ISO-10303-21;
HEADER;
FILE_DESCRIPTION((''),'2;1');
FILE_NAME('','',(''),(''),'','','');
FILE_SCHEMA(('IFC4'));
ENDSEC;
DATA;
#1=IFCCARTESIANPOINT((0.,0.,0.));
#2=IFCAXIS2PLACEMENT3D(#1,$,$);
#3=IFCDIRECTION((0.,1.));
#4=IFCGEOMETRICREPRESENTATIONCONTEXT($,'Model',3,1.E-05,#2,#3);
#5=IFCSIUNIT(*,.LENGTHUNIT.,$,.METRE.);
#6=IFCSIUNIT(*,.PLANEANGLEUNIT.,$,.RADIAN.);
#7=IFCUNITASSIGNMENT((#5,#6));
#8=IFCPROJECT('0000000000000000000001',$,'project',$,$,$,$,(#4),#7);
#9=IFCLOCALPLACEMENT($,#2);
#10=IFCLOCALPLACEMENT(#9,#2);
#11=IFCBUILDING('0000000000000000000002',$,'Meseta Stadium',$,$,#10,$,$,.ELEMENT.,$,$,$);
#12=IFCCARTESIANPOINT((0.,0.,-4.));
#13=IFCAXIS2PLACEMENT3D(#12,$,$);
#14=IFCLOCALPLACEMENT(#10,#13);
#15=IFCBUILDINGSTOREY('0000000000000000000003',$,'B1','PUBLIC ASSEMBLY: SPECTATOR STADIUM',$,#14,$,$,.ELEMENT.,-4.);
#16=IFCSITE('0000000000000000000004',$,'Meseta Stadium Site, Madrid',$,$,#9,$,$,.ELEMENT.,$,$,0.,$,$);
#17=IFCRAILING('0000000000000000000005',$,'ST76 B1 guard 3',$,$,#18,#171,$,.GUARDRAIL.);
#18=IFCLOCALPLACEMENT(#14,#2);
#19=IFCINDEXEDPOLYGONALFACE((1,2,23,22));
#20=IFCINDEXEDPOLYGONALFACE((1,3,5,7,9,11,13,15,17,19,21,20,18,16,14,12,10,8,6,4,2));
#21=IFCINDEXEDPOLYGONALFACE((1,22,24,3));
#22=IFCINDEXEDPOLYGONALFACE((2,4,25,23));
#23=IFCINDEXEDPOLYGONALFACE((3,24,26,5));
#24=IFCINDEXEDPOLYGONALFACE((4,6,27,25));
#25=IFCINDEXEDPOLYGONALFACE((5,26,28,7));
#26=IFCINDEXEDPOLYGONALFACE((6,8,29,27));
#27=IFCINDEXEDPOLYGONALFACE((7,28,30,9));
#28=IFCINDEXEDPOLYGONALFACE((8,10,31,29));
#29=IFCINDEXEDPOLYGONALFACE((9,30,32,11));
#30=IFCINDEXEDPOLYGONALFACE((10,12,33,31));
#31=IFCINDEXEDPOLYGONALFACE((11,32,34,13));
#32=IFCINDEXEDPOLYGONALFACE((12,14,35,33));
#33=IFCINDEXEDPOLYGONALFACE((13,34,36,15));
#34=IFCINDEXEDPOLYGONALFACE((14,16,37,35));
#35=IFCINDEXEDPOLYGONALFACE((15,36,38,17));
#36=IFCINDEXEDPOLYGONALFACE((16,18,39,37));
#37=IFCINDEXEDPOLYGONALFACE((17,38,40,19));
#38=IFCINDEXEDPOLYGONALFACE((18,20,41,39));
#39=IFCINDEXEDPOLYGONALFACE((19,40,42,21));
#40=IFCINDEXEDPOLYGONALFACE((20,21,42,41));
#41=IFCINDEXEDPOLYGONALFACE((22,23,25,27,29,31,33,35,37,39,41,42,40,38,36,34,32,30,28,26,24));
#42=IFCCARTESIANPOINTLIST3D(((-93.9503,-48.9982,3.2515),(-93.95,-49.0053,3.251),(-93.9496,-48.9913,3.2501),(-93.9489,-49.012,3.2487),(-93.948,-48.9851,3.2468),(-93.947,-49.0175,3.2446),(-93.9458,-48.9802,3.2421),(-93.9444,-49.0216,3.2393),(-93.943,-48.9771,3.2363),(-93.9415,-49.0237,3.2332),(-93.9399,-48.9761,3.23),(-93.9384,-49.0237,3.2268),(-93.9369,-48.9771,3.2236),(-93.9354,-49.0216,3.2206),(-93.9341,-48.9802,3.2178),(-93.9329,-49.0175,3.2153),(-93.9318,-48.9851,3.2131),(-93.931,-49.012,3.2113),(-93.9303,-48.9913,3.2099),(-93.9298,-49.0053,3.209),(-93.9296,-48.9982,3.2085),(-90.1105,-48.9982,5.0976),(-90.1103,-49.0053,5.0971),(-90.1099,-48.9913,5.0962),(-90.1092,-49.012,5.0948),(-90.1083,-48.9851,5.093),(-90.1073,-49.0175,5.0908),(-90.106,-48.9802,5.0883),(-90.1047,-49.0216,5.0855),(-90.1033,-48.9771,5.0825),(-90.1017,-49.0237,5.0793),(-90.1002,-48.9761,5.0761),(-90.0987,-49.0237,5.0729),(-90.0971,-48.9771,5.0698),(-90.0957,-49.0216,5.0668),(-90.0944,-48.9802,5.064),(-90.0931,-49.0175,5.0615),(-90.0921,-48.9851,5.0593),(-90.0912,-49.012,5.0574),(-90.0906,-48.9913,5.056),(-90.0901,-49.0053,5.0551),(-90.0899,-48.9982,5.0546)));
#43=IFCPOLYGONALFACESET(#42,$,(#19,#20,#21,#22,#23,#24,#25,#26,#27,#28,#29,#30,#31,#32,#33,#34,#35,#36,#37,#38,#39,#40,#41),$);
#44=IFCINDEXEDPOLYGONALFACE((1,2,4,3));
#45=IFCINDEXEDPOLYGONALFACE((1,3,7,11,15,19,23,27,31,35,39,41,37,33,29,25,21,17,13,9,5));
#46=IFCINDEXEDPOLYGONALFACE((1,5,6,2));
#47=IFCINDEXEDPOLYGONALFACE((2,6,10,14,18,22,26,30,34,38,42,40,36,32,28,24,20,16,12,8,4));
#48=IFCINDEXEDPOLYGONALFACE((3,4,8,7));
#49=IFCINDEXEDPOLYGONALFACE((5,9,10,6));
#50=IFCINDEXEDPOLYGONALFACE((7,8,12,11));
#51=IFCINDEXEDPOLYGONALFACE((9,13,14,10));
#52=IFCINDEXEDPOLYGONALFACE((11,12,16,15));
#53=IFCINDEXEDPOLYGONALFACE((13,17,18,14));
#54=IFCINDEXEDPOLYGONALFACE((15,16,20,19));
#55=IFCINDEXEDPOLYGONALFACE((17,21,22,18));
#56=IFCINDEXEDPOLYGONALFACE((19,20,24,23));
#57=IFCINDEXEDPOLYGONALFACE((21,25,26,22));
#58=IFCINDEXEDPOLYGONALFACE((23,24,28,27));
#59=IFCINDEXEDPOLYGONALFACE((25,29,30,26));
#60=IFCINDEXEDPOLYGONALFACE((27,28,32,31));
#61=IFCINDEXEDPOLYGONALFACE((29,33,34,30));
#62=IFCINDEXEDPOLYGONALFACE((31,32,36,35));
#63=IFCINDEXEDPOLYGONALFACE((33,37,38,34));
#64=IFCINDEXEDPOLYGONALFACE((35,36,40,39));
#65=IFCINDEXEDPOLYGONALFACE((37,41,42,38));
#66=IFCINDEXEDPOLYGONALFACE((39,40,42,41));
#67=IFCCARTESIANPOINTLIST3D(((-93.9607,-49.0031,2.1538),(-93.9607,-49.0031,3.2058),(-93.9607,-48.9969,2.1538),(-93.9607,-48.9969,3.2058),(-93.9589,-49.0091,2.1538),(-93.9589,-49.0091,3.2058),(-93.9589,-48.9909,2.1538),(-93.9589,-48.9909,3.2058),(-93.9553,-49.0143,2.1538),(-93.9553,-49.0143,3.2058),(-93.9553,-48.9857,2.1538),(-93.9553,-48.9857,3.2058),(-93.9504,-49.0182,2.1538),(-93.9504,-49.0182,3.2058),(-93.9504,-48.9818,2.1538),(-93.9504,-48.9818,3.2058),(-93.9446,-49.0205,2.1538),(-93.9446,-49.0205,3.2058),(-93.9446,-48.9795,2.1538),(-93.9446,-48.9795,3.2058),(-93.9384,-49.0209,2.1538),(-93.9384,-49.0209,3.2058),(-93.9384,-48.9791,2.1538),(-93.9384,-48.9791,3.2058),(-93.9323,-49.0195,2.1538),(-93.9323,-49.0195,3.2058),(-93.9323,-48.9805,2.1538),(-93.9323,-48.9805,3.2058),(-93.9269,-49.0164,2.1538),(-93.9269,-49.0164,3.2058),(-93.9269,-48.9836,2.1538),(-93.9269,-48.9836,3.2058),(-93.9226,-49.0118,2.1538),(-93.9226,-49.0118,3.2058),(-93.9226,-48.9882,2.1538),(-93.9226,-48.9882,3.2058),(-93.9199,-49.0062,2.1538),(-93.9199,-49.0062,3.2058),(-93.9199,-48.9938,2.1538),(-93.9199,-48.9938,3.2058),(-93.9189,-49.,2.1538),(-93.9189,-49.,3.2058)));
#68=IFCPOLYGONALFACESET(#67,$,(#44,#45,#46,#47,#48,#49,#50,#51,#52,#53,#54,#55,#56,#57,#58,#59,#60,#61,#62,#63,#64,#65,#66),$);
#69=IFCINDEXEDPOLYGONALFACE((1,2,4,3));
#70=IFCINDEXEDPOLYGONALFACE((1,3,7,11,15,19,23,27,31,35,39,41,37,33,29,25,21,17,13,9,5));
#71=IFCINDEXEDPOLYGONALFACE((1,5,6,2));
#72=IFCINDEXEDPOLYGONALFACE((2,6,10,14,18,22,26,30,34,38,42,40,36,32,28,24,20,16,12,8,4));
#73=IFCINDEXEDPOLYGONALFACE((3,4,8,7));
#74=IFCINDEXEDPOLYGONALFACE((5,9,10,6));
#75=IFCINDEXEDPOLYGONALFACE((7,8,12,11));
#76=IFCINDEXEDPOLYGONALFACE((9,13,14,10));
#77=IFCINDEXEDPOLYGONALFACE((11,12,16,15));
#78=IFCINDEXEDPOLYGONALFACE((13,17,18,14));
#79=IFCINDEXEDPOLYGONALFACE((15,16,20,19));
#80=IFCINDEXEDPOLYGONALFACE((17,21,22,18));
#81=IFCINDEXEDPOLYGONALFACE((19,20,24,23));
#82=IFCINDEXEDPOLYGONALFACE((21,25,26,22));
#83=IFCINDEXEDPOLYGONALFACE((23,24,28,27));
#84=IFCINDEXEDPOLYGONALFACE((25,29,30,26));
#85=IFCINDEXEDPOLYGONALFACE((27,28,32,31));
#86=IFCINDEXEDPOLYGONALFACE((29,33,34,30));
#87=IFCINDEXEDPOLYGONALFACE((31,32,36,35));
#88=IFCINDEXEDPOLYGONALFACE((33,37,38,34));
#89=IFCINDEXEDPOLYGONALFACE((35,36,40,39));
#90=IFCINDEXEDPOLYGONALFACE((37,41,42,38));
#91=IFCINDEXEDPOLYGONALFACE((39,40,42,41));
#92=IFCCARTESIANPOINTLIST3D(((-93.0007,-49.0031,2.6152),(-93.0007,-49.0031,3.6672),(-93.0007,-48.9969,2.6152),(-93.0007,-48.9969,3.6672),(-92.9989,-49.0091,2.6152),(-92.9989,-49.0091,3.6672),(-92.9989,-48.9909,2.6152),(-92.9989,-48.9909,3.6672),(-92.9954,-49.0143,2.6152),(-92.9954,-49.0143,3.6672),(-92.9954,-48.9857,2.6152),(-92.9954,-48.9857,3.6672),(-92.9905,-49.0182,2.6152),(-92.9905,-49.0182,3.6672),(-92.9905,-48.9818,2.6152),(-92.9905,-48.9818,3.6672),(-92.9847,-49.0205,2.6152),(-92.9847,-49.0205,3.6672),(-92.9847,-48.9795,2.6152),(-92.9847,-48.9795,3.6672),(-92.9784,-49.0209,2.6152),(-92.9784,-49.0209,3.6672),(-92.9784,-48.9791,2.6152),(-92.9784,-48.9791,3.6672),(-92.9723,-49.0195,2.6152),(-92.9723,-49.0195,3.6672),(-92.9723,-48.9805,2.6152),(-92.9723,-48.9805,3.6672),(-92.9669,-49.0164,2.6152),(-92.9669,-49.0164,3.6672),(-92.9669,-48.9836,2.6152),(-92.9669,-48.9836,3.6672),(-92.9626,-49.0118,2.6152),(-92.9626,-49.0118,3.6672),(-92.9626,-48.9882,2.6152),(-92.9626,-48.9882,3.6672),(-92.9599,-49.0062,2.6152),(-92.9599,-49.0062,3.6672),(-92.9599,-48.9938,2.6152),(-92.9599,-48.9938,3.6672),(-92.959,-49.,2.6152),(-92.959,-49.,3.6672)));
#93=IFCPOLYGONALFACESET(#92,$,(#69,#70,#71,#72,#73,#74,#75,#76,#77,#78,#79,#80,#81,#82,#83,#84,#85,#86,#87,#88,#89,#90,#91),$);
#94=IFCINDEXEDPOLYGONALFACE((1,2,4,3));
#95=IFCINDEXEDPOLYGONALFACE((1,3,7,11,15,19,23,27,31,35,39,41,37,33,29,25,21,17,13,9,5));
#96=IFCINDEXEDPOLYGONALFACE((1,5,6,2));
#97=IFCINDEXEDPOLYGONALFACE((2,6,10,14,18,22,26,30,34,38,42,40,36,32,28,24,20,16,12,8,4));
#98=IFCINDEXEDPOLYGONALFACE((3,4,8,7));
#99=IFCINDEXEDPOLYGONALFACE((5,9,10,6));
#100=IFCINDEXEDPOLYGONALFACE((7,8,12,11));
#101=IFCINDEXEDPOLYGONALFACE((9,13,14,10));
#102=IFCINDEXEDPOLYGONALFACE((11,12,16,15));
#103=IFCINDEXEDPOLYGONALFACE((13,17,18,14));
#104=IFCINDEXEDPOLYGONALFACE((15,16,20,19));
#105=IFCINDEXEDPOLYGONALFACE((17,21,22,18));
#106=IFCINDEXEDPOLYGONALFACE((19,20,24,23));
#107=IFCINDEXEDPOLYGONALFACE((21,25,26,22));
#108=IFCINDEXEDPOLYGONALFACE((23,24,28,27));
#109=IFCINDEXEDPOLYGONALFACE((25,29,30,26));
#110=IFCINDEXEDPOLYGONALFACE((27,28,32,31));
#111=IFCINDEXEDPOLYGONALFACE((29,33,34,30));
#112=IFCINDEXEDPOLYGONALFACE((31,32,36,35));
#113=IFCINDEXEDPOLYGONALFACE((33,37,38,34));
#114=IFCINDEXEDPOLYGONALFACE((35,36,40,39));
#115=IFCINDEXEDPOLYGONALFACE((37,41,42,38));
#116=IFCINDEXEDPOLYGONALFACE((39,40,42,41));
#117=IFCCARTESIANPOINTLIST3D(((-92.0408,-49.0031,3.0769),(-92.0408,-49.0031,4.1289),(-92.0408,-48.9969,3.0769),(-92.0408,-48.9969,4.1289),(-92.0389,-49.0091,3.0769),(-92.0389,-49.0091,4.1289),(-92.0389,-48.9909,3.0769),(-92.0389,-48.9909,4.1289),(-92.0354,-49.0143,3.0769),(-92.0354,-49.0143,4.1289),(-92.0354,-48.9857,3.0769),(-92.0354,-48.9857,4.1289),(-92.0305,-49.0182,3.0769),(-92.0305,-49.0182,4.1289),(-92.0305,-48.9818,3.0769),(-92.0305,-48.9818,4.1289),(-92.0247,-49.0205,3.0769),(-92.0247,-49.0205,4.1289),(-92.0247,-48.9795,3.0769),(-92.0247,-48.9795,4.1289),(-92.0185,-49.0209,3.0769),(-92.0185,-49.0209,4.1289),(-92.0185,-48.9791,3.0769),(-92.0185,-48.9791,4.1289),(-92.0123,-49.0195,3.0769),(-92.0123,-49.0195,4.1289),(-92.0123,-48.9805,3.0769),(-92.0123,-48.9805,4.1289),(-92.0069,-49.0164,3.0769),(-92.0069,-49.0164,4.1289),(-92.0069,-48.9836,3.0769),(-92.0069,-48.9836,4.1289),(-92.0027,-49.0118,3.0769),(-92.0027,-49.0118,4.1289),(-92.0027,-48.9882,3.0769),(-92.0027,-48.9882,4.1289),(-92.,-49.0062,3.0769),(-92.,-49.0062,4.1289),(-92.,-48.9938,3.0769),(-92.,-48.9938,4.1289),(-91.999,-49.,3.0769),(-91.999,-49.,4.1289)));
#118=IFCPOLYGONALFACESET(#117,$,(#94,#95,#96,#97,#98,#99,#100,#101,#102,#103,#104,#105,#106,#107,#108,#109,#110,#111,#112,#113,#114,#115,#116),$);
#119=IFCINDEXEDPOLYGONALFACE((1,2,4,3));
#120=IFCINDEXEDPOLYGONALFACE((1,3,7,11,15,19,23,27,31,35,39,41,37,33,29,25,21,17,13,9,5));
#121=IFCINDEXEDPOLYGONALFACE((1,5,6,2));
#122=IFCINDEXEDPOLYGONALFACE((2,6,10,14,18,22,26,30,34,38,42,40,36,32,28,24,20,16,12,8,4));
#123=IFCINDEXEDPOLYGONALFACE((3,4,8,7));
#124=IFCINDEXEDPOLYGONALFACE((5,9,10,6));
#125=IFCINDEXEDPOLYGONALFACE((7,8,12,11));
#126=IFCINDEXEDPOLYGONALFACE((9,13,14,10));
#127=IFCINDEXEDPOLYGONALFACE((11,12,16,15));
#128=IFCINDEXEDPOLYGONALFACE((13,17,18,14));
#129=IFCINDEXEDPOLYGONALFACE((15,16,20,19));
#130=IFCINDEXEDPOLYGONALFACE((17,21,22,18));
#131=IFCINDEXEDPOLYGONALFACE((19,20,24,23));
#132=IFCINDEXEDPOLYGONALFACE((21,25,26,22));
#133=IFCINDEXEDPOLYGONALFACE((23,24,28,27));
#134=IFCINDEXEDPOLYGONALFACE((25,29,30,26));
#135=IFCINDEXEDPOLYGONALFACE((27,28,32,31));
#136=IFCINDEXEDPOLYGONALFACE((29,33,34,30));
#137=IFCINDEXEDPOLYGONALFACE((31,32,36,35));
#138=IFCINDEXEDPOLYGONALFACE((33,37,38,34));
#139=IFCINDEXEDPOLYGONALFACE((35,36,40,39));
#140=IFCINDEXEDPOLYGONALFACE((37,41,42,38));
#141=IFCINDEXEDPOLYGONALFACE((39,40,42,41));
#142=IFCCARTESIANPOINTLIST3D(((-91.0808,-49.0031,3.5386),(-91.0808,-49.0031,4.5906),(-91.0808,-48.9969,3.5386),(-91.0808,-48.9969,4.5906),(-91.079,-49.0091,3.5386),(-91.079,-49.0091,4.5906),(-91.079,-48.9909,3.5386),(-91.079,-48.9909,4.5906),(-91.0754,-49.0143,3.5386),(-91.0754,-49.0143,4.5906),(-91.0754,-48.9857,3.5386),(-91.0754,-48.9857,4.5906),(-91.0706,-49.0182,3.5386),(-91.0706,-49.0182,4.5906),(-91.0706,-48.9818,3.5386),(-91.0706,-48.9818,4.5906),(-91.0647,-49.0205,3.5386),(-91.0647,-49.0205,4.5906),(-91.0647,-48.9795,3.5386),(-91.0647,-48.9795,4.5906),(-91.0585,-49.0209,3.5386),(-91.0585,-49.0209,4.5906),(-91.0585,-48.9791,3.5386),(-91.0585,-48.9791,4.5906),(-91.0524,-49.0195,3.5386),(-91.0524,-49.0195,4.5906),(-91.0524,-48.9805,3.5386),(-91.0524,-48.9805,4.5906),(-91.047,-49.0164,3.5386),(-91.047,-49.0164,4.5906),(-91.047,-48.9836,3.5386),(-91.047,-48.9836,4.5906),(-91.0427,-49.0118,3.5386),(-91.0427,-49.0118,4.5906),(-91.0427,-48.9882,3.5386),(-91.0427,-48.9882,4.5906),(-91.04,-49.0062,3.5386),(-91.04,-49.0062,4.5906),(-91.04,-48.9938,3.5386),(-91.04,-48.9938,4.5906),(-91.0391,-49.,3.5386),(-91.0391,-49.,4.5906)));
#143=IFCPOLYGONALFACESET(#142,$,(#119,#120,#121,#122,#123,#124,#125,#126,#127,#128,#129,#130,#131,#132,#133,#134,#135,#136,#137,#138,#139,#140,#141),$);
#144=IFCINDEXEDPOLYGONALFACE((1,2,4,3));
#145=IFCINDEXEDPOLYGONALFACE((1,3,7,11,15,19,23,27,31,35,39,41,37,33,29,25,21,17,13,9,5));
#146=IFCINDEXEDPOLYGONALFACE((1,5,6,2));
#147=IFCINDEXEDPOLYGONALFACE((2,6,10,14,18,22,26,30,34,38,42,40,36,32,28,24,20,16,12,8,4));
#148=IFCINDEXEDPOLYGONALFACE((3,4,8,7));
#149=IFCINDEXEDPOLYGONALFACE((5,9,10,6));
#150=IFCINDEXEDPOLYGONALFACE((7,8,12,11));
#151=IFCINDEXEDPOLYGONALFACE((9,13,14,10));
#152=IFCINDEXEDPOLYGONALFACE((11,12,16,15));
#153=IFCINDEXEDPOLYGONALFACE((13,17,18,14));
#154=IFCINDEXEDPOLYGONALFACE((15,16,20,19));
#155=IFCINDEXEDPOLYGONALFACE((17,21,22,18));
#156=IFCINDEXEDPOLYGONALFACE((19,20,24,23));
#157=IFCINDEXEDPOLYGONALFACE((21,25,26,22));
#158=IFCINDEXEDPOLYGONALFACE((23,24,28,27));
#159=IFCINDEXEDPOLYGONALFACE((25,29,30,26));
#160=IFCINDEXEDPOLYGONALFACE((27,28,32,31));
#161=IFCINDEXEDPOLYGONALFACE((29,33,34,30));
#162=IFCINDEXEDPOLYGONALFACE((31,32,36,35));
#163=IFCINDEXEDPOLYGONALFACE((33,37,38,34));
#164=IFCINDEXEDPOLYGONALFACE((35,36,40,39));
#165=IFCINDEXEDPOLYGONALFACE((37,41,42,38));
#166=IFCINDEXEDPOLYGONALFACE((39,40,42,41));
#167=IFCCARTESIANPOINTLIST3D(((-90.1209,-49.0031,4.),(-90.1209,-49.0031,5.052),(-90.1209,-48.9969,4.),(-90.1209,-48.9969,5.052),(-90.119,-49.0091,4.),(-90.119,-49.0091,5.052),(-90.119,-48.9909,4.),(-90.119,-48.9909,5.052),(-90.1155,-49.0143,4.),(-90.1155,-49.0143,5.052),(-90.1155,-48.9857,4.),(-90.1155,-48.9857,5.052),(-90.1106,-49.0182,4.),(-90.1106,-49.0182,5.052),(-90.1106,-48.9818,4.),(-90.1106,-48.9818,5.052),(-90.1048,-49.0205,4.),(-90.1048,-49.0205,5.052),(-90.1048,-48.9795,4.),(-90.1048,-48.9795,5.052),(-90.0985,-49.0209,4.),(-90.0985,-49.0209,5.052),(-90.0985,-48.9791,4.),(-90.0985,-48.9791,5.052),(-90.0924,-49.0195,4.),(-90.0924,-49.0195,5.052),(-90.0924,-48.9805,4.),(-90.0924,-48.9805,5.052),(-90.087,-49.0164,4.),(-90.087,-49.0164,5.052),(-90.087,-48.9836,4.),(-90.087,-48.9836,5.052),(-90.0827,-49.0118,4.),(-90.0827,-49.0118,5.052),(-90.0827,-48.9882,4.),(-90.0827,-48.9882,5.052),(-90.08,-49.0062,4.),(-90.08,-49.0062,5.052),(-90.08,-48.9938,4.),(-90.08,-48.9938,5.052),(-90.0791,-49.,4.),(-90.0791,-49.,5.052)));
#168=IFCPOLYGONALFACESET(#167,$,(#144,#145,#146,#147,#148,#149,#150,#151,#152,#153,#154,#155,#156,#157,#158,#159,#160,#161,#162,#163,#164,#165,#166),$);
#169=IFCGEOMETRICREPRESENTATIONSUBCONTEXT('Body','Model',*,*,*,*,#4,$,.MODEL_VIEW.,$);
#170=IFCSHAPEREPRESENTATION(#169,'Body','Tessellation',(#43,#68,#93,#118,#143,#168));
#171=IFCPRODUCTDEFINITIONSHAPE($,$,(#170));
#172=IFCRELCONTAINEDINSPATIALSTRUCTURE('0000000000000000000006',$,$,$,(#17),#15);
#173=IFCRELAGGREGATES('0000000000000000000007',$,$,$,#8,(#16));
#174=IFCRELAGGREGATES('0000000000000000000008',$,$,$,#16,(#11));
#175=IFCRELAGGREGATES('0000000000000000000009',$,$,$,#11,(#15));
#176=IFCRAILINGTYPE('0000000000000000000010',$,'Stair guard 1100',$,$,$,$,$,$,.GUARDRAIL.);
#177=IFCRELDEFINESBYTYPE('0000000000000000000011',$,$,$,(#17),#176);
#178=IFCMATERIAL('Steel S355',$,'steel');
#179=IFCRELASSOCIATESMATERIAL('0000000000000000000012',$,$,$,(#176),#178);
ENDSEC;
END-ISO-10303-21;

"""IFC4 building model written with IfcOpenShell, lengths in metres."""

from ifc_helpers import new_model, si_unit, direction, frame, origin, origin_2d, place, context, subcontext, project, spatial, circle, extrude, material, type_object, element, save


model = new_model("IFC4")

# Units and contexts
model_context = context("Model", 3, precision=1e-05, world=origin(), true_north=direction((0.0, 1.0)))
body_context = subcontext(model_context, "Body", "Model", "MODEL_VIEW")
ifc_project = project(units=[si_unit("LENGTHUNIT", "METRE"), si_unit("PLANEANGLEUNIT", "RADIAN")], contexts=[model_context])

# Site, building, storey
site_placement = place(None, origin())
site = spatial("IfcSite", under=ifc_project, at=site_placement, Name="Meseta Stadium Site, Madrid", CompositionType="ELEMENT", RefElevation=0.0)
building_placement = place(site_placement, origin())
building = spatial("IfcBuilding", under=site, at=building_placement, Name="Meseta Stadium", CompositionType="ELEMENT")
storey_placement = place(building_placement, frame((0.0, 0.0, -4.0)))
storey = spatial("IfcBuildingStorey", under=building, at=storey_placement, Name="B1", Description="PUBLIC ASSEMBLY: SPECTATOR STADIUM", CompositionType="ELEMENT", Elevation=-4.0)

# Railing
ifc_material_1 = material(Name="Steel S355", Category="steel")
railing_type_1 = type_object("IfcRailingType", Name="Stair guard 1100", PredefinedType="GUARDRAIL", material=ifc_material_1)
railing_1_placement = place(storey_placement, frame((-93.9399, -49.0, 2.1538)))
element("IfcRailing", 1, at=railing_1_placement, inside=storey, type_object=railing_type_1, Name="ST76 B1 guard 3", PredefinedType="GUARDRAIL", context=body_context, shape_type="SweptSolid", body=[
    extrude(circle(Radius=0.0239, at=origin_2d()), frame((0.0, 0.0, 1.0762), z_axis=(0.901242, 0.0, 0.433316), x_axis=(0.0, 1.0, 0.0)), (0.0, 0.0, 1.0), 4.2605),
    extrude(circle(Radius=0.021, at=origin_2d()), origin(), (0.0, 0.0, 1.0), 1.052),
    extrude(circle(Radius=0.021, at=origin_2d()), frame((0.96, 0.0, 0.4614)), (0.0, 0.0, 1.0), 1.052),
    extrude(circle(Radius=0.021, at=origin_2d()), frame((1.9199, 0.0, 0.9231)), (0.0, 0.0, 1.0), 1.052),
    extrude(circle(Radius=0.021, at=origin_2d()), frame((2.8799, 0.0, 1.3848)), (0.0, 0.0, 1.0), 1.052),
    extrude(circle(Radius=0.021, at=origin_2d()), frame((3.8398, 0.0, 1.8462)), (0.0, 0.0, 1.0), 1.052),
])

save(model, "model.ifc")
